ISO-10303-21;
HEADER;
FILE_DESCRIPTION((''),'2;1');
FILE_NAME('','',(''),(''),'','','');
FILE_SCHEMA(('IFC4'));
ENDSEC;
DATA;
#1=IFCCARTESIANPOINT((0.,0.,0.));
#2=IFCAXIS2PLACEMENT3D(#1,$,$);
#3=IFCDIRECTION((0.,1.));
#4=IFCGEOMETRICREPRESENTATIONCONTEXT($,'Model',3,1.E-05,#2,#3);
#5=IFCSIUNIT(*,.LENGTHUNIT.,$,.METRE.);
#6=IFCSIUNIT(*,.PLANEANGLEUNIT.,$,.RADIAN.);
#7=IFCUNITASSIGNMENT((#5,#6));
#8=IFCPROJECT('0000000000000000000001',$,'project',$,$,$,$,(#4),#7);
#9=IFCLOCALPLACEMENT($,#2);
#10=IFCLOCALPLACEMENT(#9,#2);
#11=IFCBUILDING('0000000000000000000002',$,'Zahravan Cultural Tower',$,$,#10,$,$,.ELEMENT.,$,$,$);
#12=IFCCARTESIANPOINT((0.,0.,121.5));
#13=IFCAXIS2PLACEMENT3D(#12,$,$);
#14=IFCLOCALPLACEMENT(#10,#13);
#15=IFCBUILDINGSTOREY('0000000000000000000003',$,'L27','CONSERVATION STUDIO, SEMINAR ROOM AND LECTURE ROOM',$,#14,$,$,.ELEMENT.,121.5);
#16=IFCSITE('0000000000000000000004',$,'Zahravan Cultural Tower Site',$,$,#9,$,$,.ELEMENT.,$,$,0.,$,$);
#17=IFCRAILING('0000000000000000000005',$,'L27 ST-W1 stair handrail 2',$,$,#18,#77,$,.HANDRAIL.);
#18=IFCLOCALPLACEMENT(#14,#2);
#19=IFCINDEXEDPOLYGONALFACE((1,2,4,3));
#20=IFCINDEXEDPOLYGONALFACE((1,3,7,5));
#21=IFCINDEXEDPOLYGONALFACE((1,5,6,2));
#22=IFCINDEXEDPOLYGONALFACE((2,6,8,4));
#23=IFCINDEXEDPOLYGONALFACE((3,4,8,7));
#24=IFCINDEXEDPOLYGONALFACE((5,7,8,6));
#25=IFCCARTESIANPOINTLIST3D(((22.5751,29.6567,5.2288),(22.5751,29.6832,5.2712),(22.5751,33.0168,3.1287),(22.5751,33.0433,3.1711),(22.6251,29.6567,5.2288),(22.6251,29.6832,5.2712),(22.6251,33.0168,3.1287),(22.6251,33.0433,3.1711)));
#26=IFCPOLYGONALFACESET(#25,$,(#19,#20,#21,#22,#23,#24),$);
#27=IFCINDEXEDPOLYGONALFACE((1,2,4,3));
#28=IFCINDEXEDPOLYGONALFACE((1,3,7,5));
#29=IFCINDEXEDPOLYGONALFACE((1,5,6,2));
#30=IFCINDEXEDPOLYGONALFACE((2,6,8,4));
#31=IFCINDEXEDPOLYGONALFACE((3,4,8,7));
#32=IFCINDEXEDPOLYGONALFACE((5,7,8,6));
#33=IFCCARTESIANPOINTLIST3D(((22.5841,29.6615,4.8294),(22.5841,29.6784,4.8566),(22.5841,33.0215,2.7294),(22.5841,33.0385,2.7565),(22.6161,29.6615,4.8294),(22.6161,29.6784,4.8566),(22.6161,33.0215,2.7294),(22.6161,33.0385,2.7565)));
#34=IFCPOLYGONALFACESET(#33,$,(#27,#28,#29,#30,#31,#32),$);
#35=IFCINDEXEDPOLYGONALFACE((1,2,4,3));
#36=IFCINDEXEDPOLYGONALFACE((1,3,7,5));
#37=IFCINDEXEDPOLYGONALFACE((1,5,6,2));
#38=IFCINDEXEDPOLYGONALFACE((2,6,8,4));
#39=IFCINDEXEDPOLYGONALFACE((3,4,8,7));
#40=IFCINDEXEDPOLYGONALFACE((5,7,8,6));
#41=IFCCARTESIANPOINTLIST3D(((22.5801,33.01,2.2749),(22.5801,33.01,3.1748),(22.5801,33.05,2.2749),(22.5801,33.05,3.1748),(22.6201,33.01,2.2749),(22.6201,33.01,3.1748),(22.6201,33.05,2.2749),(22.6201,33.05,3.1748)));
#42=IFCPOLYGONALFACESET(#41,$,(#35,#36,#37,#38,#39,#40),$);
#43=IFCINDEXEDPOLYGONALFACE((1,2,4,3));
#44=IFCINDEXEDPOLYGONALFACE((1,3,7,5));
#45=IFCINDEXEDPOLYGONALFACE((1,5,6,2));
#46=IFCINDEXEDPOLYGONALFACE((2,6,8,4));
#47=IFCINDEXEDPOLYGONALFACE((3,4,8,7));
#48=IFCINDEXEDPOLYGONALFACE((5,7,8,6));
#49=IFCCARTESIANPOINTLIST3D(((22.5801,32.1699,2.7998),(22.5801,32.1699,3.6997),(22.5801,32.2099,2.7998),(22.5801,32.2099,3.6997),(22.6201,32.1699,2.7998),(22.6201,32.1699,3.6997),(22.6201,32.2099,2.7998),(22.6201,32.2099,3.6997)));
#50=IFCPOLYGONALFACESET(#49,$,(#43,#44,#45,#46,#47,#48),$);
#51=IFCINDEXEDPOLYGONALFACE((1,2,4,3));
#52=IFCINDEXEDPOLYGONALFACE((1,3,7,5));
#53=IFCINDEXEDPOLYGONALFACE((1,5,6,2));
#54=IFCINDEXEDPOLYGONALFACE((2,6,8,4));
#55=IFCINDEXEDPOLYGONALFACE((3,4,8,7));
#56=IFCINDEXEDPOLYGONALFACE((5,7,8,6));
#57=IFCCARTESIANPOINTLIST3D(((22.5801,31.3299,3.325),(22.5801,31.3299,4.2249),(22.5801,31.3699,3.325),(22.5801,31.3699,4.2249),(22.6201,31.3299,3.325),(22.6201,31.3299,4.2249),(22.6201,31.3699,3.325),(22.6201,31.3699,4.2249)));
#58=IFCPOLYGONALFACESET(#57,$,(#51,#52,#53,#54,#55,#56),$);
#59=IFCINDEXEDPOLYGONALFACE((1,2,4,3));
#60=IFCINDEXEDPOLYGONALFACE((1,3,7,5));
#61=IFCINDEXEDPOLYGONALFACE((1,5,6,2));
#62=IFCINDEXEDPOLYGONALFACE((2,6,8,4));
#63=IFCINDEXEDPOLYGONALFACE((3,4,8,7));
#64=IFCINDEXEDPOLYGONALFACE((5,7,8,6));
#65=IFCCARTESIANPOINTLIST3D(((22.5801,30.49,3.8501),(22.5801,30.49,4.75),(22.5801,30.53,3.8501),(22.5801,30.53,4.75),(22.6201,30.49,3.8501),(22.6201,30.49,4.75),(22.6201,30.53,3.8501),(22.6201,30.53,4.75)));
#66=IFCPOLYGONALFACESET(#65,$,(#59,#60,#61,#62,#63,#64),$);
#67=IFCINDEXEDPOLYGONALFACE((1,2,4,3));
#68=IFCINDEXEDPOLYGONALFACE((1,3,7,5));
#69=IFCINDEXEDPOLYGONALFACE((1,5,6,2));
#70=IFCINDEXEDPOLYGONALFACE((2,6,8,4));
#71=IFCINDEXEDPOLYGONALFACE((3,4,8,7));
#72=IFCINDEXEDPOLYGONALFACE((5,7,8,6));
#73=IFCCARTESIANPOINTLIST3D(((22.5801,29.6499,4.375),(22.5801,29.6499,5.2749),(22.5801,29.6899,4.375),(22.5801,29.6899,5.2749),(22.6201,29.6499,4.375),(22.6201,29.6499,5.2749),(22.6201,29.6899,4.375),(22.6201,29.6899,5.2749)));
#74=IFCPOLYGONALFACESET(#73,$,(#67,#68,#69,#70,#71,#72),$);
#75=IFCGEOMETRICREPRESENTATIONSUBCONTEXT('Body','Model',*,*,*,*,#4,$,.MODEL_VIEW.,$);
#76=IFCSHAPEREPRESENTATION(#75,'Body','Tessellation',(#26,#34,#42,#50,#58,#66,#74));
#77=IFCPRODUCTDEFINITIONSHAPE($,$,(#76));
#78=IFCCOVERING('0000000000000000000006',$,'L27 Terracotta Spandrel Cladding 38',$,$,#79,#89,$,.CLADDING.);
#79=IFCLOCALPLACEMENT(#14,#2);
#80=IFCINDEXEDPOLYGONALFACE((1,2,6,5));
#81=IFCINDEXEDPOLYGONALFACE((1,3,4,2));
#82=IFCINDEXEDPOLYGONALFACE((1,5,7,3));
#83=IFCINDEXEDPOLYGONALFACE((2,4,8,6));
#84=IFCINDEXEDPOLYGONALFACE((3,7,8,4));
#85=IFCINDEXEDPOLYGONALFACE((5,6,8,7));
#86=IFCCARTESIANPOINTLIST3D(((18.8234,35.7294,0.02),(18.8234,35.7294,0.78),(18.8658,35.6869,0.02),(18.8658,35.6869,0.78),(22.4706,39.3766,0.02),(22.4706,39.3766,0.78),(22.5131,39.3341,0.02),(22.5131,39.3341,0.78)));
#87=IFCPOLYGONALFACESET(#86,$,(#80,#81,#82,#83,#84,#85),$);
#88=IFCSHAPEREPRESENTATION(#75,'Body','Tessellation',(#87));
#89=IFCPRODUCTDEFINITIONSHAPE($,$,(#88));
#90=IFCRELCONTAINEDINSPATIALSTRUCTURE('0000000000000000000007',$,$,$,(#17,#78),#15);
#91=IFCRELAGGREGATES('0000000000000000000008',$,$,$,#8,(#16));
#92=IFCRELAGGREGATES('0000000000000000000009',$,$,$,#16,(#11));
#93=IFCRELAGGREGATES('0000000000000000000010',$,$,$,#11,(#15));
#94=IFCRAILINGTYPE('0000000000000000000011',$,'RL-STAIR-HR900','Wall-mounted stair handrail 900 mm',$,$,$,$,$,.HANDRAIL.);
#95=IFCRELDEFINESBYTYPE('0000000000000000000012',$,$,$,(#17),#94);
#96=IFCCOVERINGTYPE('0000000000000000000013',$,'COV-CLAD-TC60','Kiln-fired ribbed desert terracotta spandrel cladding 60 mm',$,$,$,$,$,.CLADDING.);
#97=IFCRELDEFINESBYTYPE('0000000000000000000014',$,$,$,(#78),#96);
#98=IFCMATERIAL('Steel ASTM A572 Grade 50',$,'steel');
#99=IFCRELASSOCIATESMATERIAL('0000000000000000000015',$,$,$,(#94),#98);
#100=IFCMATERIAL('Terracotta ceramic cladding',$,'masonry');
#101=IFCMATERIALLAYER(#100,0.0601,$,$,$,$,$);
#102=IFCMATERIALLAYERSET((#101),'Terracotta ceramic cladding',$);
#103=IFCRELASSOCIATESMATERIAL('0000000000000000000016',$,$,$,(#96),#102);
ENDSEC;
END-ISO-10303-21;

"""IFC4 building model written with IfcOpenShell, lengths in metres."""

from ifc_helpers import new_model, si_unit, direction, frame, origin, origin_2d, place, context, subcontext, project, spatial, rectangle, extrude, source, transform, mapped, material, layer, layer_set, type_object, element, save


model = new_model("IFC4")

# Units and contexts
model_context = context("Model", 3, precision=1e-05, world=origin(), true_north=direction((0.0, 1.0)))
body_context = subcontext(model_context, "Body", "Model", "MODEL_VIEW")
ifc_project = project(units=[si_unit("LENGTHUNIT", "METRE"), si_unit("PLANEANGLEUNIT", "RADIAN")], contexts=[model_context])

# Site, building, storey
site_placement = place(None, origin())
site = spatial("IfcSite", under=ifc_project, at=site_placement, Name="Zahravan Cultural Tower Site", CompositionType="ELEMENT", RefElevation=0.0)
building_placement = place(site_placement, origin())
building = spatial("IfcBuilding", under=site, at=building_placement, Name="Zahravan Cultural Tower", CompositionType="ELEMENT")
storey_placement = place(building_placement, frame((0.0, 0.0, 121.5)))
storey = spatial("IfcBuildingStorey", under=building, at=storey_placement, Name="L27", Description="CONSERVATION STUDIO, SEMINAR ROOM AND LECTURE ROOM", CompositionType="ELEMENT", Elevation=121.5)

# Railing
ifc_material_1 = material(Name="Steel ASTM A572 Grade 50", Category="steel")
railing_type_1 = type_object("IfcRailingType", Name="RL-STAIR-HR900", Description="Wall-mounted stair handrail 900 mm", PredefinedType="HANDRAIL", material=ifc_material_1)
railing_1_placement = place(storey_placement, frame((22.6001, 33.03, 2.2749)))
element("IfcRailing", 1, at=railing_1_placement, inside=storey, type_object=railing_type_1, Name="L27 ST-W1 stair handrail 2", PredefinedType="HANDRAIL", context=body_context, shape_type="SweptSolid", body=[
    extrude(rectangle(XDim=0.05, YDim=0.05, at=origin_2d()), frame((0.0, 0.0, 0.875), z_axis=(0.0, -0.847995, 0.530004), x_axis=(1.0, 0.0, 0.0)), (0.0, 0.0, 1.0), 3.9624),
    extrude(rectangle(XDim=0.032, YDim=0.032, at=origin_2d()), frame((0.0, 0.0, 0.468), z_axis=(0.0, -0.847995, 0.530004), x_axis=(1.0, 0.0, 0.0)), (0.0, 0.0, 1.0), 3.9624),
    extrude(rectangle(XDim=0.04, YDim=0.04, at=origin_2d()), origin(), (0.0, 0.0, 1.0), 0.8999),
    extrude(rectangle(XDim=0.04, YDim=0.04, at=origin_2d()), frame((0.0, -0.8401, 0.5249)), (0.0, 0.0, 1.0), 0.8999),
    extrude(rectangle(XDim=0.04, YDim=0.04, at=origin_2d()), frame((0.0, -1.6802, 1.05)), (0.0, 0.0, 1.0), 0.8999),
    extrude(rectangle(XDim=0.04, YDim=0.04, at=origin_2d()), frame((0.0, -2.52, 1.5752)), (0.0, 0.0, 1.0), 0.8999),
    extrude(rectangle(XDim=0.04, YDim=0.04, at=origin_2d()), frame((0.0, -3.3601, 2.1001)), (0.0, 0.0, 1.0), 0.8999),
])

# Covering
ifc_material_2 = material(Name="Terracotta ceramic cladding", Category="masonry")
ifc_layer_1 = layer(ifc_material_2, 0.0601)
ifc_layer_set_1 = layer_set([ifc_layer_1], Name="Terracotta ceramic cladding")
covering_type = type_object("IfcCoveringType", Name="COV-CLAD-TC60", Description="Kiln-fired ribbed desert terracotta spandrel cladding 60 mm", PredefinedType="CLADDING", material=ifc_layer_set_1)
shared_shape_1 = source(origin(), body_context, "Body", "SweptSolid", [
    extrude(rectangle(XDim=5.158, YDim=0.0601, at=origin_2d()), origin(), (0.0, 0.0, 1.0), 0.76),
])
covering_placement = place(storey_placement, frame((20.6682, 37.5317, 0.02), z_axis=(0.0, 0.0, 1.0), x_axis=(0.707107, 0.707107, 0.0)))
element("IfcCovering", 2, at=covering_placement, inside=storey, type_object=covering_type, Name="L27 Terracotta Spandrel Cladding 38", PredefinedType="CLADDING", context=body_context, shape_type="MappedRepresentation", body=[
    mapped(shared_shape_1, transform((0.0, 0.0, 0.0), x_axis=(1.0, 0.0, 0.0), y_axis=(0.0, 1.0, 0.0), z_axis=(0.0, 0.0, 1.0), scale=1.0)),
])

save(model, "model.ifc")
